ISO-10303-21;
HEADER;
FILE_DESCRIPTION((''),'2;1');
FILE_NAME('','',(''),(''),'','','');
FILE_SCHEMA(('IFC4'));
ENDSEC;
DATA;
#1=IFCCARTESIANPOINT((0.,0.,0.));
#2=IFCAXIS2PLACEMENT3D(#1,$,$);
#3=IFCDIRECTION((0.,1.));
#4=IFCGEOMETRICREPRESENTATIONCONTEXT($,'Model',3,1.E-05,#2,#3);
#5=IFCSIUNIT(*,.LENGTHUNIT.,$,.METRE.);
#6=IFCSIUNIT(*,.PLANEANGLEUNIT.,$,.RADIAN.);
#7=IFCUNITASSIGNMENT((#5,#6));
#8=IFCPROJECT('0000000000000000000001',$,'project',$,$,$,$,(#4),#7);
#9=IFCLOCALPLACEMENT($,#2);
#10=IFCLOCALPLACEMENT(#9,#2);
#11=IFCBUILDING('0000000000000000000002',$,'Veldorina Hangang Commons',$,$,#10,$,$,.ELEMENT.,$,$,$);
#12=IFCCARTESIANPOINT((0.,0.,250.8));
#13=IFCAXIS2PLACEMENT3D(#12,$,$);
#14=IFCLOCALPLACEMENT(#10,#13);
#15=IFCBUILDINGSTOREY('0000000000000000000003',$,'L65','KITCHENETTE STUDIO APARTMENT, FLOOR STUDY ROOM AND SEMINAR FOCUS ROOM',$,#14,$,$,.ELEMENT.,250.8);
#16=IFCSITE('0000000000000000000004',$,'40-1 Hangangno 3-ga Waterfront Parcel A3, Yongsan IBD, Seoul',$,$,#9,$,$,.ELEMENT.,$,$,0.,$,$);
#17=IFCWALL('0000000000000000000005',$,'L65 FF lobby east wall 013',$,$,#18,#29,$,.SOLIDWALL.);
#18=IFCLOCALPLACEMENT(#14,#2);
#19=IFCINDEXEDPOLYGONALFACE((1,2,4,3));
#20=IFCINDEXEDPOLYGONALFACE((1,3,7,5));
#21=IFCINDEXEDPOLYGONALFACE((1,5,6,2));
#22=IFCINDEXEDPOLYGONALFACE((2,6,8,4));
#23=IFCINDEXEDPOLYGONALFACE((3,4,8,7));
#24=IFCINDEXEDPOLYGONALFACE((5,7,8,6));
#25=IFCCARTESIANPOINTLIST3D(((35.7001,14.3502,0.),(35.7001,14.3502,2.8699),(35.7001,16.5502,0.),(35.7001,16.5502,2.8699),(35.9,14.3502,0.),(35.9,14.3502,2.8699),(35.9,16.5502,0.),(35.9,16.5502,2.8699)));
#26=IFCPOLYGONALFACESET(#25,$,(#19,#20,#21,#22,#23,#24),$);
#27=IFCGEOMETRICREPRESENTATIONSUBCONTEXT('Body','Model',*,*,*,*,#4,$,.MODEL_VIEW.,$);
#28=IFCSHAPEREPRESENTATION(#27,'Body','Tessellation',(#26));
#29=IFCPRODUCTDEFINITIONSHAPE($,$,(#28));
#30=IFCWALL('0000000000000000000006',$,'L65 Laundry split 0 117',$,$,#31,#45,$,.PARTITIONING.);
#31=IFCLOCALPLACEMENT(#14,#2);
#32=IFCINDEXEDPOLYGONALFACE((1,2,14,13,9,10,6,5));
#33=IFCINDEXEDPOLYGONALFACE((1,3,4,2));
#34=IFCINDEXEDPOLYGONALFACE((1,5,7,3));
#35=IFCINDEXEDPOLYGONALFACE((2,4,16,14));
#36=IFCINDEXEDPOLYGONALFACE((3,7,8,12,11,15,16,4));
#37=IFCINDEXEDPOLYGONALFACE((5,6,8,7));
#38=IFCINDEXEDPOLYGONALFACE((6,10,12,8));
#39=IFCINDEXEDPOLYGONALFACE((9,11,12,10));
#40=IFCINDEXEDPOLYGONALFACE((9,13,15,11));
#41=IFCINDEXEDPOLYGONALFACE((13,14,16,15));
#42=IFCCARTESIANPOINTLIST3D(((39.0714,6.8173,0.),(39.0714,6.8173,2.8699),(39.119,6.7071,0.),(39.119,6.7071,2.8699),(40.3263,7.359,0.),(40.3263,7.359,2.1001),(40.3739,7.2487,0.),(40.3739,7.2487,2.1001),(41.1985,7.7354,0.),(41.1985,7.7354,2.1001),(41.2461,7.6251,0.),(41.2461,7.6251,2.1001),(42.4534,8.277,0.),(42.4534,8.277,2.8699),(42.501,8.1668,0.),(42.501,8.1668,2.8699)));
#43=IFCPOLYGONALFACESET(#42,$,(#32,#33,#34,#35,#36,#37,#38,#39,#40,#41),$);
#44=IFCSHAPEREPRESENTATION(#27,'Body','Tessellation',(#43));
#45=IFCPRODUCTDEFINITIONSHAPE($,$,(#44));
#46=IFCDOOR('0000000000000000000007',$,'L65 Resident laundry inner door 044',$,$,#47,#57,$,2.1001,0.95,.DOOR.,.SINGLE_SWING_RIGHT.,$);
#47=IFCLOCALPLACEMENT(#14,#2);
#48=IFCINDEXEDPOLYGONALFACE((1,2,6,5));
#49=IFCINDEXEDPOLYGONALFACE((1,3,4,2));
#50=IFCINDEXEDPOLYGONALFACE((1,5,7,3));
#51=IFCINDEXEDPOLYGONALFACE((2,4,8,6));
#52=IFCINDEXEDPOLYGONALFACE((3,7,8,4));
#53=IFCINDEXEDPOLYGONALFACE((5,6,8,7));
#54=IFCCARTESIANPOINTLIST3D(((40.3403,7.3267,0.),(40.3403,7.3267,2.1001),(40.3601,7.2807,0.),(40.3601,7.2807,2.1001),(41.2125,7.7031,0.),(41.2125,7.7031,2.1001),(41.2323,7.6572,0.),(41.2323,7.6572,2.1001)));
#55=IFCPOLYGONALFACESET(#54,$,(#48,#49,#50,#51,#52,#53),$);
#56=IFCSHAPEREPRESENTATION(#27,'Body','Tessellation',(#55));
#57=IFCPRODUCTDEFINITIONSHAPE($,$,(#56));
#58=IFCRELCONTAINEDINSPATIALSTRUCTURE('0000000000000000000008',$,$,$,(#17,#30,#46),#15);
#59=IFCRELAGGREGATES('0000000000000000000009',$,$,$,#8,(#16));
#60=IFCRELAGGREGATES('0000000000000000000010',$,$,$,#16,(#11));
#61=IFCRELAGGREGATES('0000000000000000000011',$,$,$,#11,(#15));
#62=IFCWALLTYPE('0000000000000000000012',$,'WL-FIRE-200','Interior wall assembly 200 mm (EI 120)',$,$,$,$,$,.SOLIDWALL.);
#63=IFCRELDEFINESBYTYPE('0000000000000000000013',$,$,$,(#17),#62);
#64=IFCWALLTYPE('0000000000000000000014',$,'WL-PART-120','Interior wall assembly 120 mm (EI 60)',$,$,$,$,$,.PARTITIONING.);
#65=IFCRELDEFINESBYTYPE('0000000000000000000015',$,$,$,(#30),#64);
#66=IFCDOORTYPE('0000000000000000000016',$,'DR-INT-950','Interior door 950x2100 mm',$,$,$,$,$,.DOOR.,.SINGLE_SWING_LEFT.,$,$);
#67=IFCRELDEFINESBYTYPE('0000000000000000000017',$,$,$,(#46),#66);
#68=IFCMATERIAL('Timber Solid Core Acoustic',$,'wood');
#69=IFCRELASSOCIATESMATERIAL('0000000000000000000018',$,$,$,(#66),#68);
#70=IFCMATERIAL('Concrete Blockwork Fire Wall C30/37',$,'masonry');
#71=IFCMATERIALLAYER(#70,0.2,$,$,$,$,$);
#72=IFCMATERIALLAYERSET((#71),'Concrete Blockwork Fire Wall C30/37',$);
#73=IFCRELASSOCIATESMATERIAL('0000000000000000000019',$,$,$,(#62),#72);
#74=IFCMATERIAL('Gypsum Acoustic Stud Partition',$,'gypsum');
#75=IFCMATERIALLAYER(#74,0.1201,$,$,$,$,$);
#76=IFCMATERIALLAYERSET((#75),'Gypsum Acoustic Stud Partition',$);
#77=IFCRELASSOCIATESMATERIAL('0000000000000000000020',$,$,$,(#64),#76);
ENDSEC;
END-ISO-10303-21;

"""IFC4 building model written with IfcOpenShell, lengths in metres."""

from ifc_helpers import new_model, si_unit, direction, frame, frame_2d, origin, place, context, subcontext, project, spatial, rectangle, extrude, material, layer, layer_set, type_object, element, fill, save


model = new_model("IFC4")

# Units and contexts
model_context = context("Model", 3, precision=1e-05, world=origin(), true_north=direction((0.0, 1.0)))
body_context = subcontext(model_context, "Body", "Model", "MODEL_VIEW")
ifc_project = project(units=[si_unit("LENGTHUNIT", "METRE"), si_unit("PLANEANGLEUNIT", "RADIAN")], contexts=[model_context])

# Site, building, storey
site_placement = place(None, origin())
site = spatial("IfcSite", under=ifc_project, at=site_placement, Name="40-1 Hangangno 3-ga Waterfront Parcel A3, Yongsan IBD, Seoul", CompositionType="ELEMENT", RefElevation=0.0)
building_placement = place(site_placement, origin())
building = spatial("IfcBuilding", under=site, at=building_placement, Name="Veldorina Hangang Commons", CompositionType="ELEMENT")
storey_placement = place(building_placement, frame((0.0, 0.0, 250.8)))
storey = spatial("IfcBuildingStorey", under=building, at=storey_placement, Name="L65", Description="KITCHENETTE STUDIO APARTMENT, FLOOR STUDY ROOM AND SEMINAR FOCUS ROOM", CompositionType="ELEMENT", Elevation=250.8)

# Shared definitions
ifc_material_1 = material(Name="Timber Solid Core Acoustic", Category="wood")

# Shared definitions
door_type_1 = type_object("IfcDoorType", Name="DR-INT-950", Description="Interior door 950x2100 mm", OperationType="SINGLE_SWING_LEFT", PredefinedType="DOOR", material=ifc_material_1)

# Wall
ifc_material_2 = material(Name="Concrete Blockwork Fire Wall C30/37", Category="masonry")
ifc_layer_1 = layer(ifc_material_2, 0.2)
ifc_layer_set_1 = layer_set([ifc_layer_1], Name="Concrete Blockwork Fire Wall C30/37")
wall_type_1 = type_object("IfcWallType", Name="WL-FIRE-200", Description="Interior wall assembly 200 mm (EI 120)", PredefinedType="SOLIDWALL", material=ifc_layer_set_1)
wall_1_placement = place(storey_placement, frame((35.8, 14.3501, 0.0), z_axis=(0.0, 0.0, 1.0), x_axis=(0.0, 1.0, 0.0)))
element("IfcWall", 1, at=wall_1_placement, inside=storey, type_object=wall_type_1, Name="L65 FF lobby east wall 013", PredefinedType="SOLIDWALL", context=body_context, shape_type="SweptSolid", body=[
    extrude(rectangle(XDim=2.2, YDim=0.2, at=frame_2d((1.1001, 0.0))), origin(), (0.0, 0.0, 1.0), 2.8699),
])

# Wall, opening, door
ifc_material_3 = material(Name="Gypsum Acoustic Stud Partition", Category="gypsum")
ifc_layer_2 = layer(ifc_material_3, 0.1201)
ifc_layer_set_2 = layer_set([ifc_layer_2], Name="Gypsum Acoustic Stud Partition")
wall_type_2 = type_object("IfcWallType", Name="WL-PART-120", Description="Interior wall assembly 120 mm (EI 60)", PredefinedType="PARTITIONING", material=ifc_layer_set_2)
wall_2_placement = place(storey_placement, frame((39.0952, 6.7622, 0.0), z_axis=(0.0, 0.0, 1.0), x_axis=(0.918134, 0.39627, 0.0)))
wall_2 = element("IfcWall", 2, at=wall_2_placement, inside=storey, type_object=wall_type_2, Name="L65 Laundry split 0 117", PredefinedType="PARTITIONING", context=body_context, shape_type="SweptSolid", body=[
    extrude(rectangle(XDim=3.6836, YDim=0.1201, at=frame_2d((1.8418, 0.0))), origin(), (0.0, 0.0, 1.0), 2.8699),
])
opening_1_placement = place(wall_2_placement, frame((1.3667, 0.0, 0.0)))
opening_1 = element("IfcOpeningElement", 3, at=opening_1_placement, cuts=wall_2, PredefinedType="OPENING", context=body_context, shape_type="SweptSolid", body=[
    extrude(rectangle(XDim=0.95, YDim=2.1001, at=frame_2d((0.4751, 1.05))), frame((0.0, 0.0701, 0.0), z_axis=(0.0, -1.0, 0.0), x_axis=(1.0, 0.0, 0.0)), (0.0, 0.0, 1.0), 0.1401),
])
door_1_placement = place(opening_1_placement, origin())
door_1 = element("IfcDoor", 4, at=door_1_placement, inside=storey, type_object=door_type_1, Name="L65 Resident laundry inner door 044", OperationType="SINGLE_SWING_RIGHT", OverallHeight=2.1001, OverallWidth=0.95, PredefinedType="DOOR", context=body_context, shape_type="SweptSolid", body=[
    extrude(rectangle(XDim=0.95, YDim=2.1001, at=frame_2d((0.4751, 1.05))), frame((0.0, 0.0249, 0.0), z_axis=(0.0, -1.0, 0.0), x_axis=(1.0, 0.0, 0.0)), (0.0, 0.0, 1.0), 0.05),
])
fill(opening_1, door_1)

save(model, "model.ifc")
